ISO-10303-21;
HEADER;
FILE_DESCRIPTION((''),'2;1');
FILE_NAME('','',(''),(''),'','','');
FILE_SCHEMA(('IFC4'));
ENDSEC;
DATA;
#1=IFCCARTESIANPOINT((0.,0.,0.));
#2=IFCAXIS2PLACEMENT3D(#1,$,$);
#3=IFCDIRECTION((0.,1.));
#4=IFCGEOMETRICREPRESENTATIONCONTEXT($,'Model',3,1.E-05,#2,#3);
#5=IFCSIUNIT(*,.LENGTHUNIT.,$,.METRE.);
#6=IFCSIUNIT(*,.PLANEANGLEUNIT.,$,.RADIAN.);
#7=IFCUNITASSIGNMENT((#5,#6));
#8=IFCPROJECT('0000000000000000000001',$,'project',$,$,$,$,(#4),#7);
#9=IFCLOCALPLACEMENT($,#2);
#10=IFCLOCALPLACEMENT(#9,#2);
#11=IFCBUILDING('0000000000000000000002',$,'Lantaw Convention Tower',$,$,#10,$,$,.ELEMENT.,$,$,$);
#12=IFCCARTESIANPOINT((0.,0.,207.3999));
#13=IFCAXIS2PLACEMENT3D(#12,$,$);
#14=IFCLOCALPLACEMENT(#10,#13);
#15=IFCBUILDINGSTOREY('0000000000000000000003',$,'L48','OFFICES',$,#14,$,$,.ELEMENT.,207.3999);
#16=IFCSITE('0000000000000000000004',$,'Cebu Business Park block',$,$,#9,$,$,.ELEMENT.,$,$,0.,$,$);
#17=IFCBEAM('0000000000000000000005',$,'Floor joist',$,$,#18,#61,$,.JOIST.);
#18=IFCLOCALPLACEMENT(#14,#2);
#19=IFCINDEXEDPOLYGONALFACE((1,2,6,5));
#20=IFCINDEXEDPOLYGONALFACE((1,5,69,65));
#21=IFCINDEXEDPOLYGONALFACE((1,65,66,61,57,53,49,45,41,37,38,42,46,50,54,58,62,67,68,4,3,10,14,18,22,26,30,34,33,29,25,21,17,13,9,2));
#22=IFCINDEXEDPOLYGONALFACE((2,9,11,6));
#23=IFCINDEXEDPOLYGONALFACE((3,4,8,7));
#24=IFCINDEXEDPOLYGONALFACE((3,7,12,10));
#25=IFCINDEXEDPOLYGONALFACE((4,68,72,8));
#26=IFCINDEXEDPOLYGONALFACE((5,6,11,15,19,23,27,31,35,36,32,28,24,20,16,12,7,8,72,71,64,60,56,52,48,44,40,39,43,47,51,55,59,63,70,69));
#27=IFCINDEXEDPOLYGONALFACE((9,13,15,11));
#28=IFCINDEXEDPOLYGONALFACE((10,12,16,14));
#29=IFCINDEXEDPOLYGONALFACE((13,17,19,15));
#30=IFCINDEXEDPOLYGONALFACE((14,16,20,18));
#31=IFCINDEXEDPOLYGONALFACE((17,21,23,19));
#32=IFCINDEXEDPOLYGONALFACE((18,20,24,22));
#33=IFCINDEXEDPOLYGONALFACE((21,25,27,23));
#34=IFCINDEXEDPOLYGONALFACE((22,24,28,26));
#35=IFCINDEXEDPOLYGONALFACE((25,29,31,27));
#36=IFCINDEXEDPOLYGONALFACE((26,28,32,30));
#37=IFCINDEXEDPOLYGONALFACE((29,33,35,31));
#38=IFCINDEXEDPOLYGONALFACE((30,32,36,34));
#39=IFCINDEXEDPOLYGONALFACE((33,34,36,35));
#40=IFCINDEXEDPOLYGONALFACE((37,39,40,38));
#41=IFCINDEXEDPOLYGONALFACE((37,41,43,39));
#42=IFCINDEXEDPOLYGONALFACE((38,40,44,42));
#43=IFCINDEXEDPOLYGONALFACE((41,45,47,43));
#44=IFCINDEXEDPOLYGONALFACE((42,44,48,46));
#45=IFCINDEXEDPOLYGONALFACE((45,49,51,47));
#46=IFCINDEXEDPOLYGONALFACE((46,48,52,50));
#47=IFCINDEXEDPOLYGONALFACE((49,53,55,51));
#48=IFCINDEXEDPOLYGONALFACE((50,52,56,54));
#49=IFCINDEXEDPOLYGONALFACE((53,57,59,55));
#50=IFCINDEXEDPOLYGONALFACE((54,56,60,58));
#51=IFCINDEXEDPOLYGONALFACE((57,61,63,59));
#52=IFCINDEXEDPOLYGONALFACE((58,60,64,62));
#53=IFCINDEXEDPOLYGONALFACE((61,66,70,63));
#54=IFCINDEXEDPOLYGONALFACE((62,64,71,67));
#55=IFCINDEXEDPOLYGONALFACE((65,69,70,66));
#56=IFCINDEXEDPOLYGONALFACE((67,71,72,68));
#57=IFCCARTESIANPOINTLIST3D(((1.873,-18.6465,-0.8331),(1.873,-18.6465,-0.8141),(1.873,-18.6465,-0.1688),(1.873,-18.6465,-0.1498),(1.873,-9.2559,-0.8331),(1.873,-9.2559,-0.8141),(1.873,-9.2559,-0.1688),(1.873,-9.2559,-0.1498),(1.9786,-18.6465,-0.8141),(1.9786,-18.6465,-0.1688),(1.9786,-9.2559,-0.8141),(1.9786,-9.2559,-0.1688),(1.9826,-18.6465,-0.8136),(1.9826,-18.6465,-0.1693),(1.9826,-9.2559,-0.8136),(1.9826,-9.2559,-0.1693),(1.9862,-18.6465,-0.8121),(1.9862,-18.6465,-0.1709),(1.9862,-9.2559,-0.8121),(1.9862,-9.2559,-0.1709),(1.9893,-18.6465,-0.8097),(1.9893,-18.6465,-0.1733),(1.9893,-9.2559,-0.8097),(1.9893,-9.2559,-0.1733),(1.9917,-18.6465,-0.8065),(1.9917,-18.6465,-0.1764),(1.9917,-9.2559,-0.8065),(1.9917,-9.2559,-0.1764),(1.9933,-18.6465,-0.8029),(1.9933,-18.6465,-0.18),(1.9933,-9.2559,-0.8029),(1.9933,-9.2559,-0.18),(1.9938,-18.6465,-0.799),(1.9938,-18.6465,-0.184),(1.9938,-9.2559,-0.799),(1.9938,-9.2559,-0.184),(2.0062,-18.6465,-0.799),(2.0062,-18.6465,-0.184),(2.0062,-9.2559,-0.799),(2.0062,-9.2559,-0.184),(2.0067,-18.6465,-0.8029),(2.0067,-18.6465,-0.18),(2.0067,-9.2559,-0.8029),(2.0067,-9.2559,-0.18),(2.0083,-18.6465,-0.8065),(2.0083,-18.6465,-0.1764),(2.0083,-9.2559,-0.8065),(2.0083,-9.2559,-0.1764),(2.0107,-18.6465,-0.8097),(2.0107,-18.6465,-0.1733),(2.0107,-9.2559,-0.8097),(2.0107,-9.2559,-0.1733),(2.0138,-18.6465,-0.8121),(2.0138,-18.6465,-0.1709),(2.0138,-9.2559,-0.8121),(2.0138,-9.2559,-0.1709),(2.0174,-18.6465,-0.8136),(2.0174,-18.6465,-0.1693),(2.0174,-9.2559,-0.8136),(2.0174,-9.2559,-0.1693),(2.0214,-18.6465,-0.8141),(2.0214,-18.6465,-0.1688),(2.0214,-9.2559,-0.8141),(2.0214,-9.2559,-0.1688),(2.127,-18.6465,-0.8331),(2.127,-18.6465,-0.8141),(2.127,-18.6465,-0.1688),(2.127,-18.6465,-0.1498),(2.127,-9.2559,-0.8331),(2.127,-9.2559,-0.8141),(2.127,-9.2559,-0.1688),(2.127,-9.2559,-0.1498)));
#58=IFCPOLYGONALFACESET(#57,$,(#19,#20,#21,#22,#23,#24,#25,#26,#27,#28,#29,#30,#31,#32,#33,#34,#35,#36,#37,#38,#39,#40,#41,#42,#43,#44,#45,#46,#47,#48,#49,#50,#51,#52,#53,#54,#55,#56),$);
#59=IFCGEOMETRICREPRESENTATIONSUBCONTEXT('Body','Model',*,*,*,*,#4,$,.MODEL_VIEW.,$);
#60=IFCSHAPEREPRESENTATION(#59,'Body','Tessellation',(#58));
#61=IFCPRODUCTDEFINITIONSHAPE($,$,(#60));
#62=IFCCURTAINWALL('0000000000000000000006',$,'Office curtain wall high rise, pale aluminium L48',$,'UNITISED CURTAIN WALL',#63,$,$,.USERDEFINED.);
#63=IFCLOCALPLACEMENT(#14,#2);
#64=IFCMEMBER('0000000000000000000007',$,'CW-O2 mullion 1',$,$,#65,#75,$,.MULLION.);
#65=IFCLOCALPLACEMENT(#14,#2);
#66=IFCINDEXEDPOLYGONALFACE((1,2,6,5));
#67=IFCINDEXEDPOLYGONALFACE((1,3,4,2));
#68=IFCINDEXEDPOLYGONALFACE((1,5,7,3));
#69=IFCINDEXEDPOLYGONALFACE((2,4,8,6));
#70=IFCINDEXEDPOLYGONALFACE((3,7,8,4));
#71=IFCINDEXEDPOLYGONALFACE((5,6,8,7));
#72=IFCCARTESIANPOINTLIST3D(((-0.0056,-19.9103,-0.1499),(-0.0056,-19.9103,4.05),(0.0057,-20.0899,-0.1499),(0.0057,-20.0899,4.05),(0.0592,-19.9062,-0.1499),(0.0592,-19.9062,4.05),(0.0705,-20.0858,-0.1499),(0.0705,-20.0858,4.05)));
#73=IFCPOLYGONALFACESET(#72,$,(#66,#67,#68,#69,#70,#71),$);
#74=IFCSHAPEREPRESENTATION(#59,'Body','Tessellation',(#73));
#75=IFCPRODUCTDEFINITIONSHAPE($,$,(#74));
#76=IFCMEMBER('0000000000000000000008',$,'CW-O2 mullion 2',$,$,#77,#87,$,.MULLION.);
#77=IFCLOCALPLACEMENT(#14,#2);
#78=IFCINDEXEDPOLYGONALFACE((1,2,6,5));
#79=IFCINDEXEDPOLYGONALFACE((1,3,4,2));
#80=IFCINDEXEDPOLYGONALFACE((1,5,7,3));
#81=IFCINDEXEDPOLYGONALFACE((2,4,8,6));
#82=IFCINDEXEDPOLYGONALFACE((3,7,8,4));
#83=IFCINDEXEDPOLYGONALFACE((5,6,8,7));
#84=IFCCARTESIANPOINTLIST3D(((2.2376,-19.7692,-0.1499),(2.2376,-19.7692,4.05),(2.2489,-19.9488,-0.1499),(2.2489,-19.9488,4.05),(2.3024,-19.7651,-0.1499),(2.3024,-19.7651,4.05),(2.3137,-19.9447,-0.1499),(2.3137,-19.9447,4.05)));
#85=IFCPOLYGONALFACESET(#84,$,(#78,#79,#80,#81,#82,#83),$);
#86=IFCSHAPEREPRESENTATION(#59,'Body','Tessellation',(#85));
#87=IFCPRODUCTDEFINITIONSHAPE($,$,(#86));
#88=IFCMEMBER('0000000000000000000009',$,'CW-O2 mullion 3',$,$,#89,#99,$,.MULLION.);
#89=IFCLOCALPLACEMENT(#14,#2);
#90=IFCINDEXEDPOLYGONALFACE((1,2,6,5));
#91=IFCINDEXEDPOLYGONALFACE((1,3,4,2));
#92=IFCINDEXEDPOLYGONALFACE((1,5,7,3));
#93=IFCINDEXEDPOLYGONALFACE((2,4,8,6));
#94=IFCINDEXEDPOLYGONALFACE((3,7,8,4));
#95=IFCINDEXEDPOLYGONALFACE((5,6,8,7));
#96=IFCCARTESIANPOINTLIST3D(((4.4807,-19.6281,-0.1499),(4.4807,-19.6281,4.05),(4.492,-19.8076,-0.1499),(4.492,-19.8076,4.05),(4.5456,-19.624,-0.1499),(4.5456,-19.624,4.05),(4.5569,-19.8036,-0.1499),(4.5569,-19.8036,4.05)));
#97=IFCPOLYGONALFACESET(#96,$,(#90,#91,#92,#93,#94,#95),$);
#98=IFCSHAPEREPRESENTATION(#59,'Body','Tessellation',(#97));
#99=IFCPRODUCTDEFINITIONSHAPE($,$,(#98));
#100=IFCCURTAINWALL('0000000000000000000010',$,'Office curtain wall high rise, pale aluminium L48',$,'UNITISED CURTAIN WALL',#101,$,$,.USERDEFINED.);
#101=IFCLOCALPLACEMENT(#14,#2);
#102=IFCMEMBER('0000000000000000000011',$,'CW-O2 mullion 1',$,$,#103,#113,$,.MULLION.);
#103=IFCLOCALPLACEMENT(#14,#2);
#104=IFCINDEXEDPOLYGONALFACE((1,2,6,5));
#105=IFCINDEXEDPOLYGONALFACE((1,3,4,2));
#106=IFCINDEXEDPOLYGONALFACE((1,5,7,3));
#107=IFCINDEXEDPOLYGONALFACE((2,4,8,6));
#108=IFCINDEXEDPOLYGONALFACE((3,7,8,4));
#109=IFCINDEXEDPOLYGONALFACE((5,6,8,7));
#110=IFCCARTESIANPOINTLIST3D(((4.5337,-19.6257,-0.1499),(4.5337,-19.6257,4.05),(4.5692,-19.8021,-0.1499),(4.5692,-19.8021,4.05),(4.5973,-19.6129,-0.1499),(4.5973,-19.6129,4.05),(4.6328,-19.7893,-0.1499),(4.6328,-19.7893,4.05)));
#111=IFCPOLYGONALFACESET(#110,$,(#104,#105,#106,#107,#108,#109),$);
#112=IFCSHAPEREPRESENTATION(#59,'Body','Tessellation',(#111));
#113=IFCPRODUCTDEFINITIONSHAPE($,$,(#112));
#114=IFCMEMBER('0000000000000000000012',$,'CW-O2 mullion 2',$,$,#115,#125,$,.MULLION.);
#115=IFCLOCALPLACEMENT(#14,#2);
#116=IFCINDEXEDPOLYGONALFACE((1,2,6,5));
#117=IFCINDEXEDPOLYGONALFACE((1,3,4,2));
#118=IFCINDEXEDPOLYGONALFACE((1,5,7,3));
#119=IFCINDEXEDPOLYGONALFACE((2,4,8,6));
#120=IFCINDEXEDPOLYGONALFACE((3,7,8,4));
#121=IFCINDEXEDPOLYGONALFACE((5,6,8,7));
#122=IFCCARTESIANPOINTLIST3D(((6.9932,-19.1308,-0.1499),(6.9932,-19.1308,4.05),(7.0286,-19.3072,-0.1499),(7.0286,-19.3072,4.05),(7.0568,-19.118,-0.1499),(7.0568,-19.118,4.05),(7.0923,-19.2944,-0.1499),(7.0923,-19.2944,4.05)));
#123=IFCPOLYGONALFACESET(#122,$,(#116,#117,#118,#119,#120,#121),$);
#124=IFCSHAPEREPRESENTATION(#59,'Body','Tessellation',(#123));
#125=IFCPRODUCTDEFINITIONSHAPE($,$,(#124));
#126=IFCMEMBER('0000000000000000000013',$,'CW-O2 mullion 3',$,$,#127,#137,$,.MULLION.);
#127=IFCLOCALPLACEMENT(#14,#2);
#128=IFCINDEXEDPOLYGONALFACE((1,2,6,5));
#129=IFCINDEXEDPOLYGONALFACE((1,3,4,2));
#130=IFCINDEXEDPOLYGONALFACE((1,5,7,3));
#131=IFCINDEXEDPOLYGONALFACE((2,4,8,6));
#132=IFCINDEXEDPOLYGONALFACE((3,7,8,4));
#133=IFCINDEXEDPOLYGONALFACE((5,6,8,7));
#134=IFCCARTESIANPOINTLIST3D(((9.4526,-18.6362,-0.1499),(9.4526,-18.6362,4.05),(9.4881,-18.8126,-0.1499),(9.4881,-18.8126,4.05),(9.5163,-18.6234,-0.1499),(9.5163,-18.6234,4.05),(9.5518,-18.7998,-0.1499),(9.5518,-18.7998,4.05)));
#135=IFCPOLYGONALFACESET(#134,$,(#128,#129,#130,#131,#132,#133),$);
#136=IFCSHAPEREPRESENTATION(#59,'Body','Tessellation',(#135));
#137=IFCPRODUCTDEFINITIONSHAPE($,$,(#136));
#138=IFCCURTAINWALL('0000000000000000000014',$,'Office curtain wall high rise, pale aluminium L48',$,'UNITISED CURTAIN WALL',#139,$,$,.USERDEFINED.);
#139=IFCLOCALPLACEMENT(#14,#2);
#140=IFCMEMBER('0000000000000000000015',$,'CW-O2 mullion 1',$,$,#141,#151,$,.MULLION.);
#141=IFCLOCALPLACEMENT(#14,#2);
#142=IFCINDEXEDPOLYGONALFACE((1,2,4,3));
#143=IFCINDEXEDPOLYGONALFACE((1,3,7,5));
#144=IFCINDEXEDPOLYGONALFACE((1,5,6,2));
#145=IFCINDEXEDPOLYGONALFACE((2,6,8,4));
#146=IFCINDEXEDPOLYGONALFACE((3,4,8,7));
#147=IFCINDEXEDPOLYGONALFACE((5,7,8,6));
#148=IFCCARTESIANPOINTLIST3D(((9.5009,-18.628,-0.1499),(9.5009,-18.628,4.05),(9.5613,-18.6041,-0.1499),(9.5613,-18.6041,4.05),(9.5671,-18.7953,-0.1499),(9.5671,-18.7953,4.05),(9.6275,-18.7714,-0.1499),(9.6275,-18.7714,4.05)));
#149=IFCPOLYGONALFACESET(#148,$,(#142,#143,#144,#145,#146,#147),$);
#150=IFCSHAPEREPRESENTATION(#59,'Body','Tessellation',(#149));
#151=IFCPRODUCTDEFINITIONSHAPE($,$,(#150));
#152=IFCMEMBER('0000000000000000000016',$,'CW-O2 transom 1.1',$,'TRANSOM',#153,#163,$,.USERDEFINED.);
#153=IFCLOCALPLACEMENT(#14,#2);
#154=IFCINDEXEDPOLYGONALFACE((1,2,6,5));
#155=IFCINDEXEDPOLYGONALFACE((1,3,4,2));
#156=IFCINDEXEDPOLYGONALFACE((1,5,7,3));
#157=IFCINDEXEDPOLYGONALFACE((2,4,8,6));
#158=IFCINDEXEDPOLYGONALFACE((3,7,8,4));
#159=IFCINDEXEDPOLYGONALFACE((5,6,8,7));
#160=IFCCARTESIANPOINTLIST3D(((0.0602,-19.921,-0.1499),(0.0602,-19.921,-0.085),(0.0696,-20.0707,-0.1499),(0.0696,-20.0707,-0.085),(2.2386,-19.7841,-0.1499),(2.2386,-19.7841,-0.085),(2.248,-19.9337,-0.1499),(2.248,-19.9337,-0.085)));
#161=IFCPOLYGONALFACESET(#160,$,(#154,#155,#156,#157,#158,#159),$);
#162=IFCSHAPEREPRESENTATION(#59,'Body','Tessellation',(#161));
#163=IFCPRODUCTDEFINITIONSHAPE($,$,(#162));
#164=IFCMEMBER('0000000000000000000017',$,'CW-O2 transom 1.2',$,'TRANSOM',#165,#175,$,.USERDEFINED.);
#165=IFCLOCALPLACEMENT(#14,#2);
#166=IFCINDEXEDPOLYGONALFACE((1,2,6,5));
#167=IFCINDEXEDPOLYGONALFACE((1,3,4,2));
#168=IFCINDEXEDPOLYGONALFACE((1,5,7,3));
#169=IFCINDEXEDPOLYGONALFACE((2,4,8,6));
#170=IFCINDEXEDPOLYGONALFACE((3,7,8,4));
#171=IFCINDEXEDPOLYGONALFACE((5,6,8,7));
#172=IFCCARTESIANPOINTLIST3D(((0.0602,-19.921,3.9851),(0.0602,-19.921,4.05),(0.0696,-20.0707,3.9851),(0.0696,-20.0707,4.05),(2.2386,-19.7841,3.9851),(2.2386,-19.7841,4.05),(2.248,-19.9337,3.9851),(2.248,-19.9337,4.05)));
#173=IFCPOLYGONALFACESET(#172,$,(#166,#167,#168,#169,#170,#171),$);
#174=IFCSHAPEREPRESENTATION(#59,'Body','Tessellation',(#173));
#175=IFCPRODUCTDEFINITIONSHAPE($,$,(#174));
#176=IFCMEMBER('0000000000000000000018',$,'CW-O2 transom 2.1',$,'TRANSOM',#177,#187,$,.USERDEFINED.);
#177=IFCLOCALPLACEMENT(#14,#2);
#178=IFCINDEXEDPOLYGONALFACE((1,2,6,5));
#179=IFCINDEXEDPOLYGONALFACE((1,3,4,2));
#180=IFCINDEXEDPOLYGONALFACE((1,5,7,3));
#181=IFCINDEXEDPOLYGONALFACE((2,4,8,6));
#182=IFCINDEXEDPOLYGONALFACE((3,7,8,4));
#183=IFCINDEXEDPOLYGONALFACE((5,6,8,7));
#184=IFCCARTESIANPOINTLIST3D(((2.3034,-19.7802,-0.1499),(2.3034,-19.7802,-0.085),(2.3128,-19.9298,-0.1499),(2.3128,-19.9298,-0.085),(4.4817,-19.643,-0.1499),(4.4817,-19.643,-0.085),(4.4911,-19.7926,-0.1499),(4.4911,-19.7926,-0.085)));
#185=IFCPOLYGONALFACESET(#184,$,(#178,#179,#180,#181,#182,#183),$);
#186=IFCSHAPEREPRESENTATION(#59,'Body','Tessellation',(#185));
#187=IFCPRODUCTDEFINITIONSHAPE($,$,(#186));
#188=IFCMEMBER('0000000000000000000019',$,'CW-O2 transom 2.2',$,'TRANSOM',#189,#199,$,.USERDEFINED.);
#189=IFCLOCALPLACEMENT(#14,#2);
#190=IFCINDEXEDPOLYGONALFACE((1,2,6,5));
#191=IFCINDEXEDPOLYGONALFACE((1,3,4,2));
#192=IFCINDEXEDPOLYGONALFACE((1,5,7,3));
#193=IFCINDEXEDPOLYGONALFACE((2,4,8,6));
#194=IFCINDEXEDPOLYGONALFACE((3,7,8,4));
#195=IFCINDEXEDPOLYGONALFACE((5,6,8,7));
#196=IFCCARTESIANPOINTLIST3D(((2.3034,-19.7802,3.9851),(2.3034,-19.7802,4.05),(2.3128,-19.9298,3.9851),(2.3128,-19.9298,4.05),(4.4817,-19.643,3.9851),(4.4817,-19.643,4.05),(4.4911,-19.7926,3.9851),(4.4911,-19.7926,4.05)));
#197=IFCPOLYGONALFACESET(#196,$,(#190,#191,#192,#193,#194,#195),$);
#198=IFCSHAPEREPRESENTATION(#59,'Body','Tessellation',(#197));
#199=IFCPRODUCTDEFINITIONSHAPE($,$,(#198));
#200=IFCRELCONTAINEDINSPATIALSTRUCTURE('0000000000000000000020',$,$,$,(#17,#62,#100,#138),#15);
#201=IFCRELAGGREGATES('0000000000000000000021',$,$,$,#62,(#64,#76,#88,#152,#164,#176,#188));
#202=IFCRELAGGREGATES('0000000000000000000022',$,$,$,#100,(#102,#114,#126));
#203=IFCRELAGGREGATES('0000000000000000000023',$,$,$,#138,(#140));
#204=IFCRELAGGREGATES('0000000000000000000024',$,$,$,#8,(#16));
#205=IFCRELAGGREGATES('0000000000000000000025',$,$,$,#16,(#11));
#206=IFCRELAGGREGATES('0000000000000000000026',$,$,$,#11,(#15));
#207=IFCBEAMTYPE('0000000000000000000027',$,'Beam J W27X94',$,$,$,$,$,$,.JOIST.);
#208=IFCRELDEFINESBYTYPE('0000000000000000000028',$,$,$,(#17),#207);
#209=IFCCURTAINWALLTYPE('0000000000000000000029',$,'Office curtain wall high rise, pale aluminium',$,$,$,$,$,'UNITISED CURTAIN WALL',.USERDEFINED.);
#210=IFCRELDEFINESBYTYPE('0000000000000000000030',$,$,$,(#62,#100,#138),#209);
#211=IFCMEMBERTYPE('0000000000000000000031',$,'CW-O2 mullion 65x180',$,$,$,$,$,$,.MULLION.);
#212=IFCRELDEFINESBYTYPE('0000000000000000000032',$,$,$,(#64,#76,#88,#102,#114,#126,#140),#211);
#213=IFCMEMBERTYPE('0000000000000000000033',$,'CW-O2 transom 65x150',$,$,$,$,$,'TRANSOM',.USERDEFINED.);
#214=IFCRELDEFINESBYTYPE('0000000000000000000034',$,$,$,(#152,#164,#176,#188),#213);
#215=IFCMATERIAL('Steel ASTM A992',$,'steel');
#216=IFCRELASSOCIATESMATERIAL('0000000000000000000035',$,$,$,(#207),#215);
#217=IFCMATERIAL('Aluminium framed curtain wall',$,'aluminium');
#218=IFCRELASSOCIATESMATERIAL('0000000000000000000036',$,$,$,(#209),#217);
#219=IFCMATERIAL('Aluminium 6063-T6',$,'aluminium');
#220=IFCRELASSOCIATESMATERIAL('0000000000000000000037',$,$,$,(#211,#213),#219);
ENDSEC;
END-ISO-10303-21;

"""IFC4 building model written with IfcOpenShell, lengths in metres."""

from ifc_helpers import new_model, si_unit, direction, frame, origin, origin_2d, place, context, subcontext, project, spatial, rectangle, i_section, extrude, material, material_profile, profile_set, type_object, element, aggregate, save


model = new_model("IFC4")

# Units and contexts
model_context = context("Model", 3, precision=1e-05, world=origin(), true_north=direction((0.0, 1.0)))
body_context = subcontext(model_context, "Body", "Model", "MODEL_VIEW")
ifc_project = project(units=[si_unit("LENGTHUNIT", "METRE"), si_unit("PLANEANGLEUNIT", "RADIAN")], contexts=[model_context])

# Site, building, storey
site_placement = place(None, origin())
site = spatial("IfcSite", under=ifc_project, at=site_placement, Name="Cebu Business Park block", CompositionType="ELEMENT", RefElevation=0.0)
building_placement = place(site_placement, origin())
building = spatial("IfcBuilding", under=site, at=building_placement, Name="Lantaw Convention Tower", CompositionType="ELEMENT")
storey_placement = place(building_placement, frame((0.0, 0.0, 207.3999)))
storey = spatial("IfcBuildingStorey", under=building, at=storey_placement, Name="L48", Description="OFFICES", CompositionType="ELEMENT", Elevation=207.3999)

# Beam
ifc_material_1 = material(Name="Steel ASTM A992", Category="steel")
ifc_material_profile_1 = material_profile(ifc_material_1, i_section(OverallWidth=0.2539, OverallDepth=0.6833, WebThickness=0.0125, FlangeThickness=0.019, FilletRadius=0.0151, at=origin_2d()), Name="W27X94")
ifc_profile_set_1 = profile_set([ifc_material_profile_1], Name="Steel ASTM A992")
beam_type_1 = type_object("IfcBeamType", Name="Beam J W27X94", PredefinedType="JOIST", material=ifc_profile_set_1)
beam_1_placement = place(storey_placement, frame((2.0, -18.6465, -0.4915), z_axis=(0.0, 1.0, 0.0), x_axis=(-1.0, 0.0, 0.0)))
element("IfcBeam", 1, at=beam_1_placement, inside=storey, type_object=beam_type_1, Name="Floor joist", PredefinedType="JOIST", context=body_context, shape_type="SweptSolid", body=[
    extrude(i_section(OverallWidth=0.2539, OverallDepth=0.6833, WebThickness=0.0125, FlangeThickness=0.019, FilletRadius=0.0151, at=origin_2d()), origin(), (0.0, 0.0, 1.0), 9.3906),
])

# Curtain walls, members
ifc_material_2 = material(Name="Aluminium framed curtain wall", Category="aluminium")
curtain_wall_type = type_object("IfcCurtainWallType", Name="Office curtain wall high rise, pale aluminium", ElementType="UNITISED CURTAIN WALL", PredefinedType="USERDEFINED", material=ifc_material_2)
curtain_wall_1_placement = place(storey_placement, origin())
curtain_wall_1 = element("IfcCurtainWall", 2, at=curtain_wall_1_placement, inside=storey, type_object=curtain_wall_type, Name="Office curtain wall high rise, pale aluminium L48", ObjectType="UNITISED CURTAIN WALL", PredefinedType="USERDEFINED")
ifc_material_3 = material(Name="Aluminium 6063-T6", Category="aluminium")
ifc_material_profile_2 = material_profile(ifc_material_3, rectangle(XDim=0.1799, YDim=0.0649, at=origin_2d()), Name="CW-O2 mullion 65x180")
ifc_profile_set_2 = profile_set([ifc_material_profile_2], Name="Aluminium 6063-T6")
member_type_1 = type_object("IfcMemberType", Name="CW-O2 mullion 65x180", PredefinedType="MULLION", material=ifc_profile_set_2)
member_1_placement = place(storey_placement, frame((0.0325, -19.998, -0.1499), z_axis=(0.0, 0.0, 1.0), x_axis=(-0.062758, 0.998029, 0.0)))
member_1 = element("IfcMember", 3, at=member_1_placement, type_object=member_type_1, Name="CW-O2 mullion 1", PredefinedType="MULLION", context=body_context, shape_type="SweptSolid", body=[
    extrude(rectangle(XDim=0.1799, YDim=0.0649, at=origin_2d()), origin(), (0.0, 0.0, 1.0), 4.2),
])
member_2_placement = place(storey_placement, frame((2.2756, -19.8569, -0.1499), z_axis=(0.0, 0.0, 1.0), x_axis=(-0.062758, 0.998029, 0.0)))
member_2 = element("IfcMember", 4, at=member_2_placement, type_object=member_type_1, Name="CW-O2 mullion 2", PredefinedType="MULLION", context=body_context, shape_type="SweptSolid", body=[
    extrude(rectangle(XDim=0.1799, YDim=0.0649, at=origin_2d()), origin(), (0.0, 0.0, 1.0), 4.2),
])
member_3_placement = place(storey_placement, frame((4.5188, -19.7158, -0.1499), z_axis=(0.0, 0.0, 1.0), x_axis=(-0.062758, 0.998029, 0.0)))
member_3 = element("IfcMember", 5, at=member_3_placement, type_object=member_type_1, Name="CW-O2 mullion 3", PredefinedType="MULLION", context=body_context, shape_type="SweptSolid", body=[
    extrude(rectangle(XDim=0.1799, YDim=0.0649, at=origin_2d()), origin(), (0.0, 0.0, 1.0), 4.2),
])
curtain_wall_2_placement = place(storey_placement, origin())
curtain_wall_2 = element("IfcCurtainWall", 6, at=curtain_wall_2_placement, inside=storey, type_object=curtain_wall_type, Name="Office curtain wall high rise, pale aluminium L48", ObjectType="UNITISED CURTAIN WALL", PredefinedType="USERDEFINED")
member_4_placement = place(storey_placement, frame((4.5833, -19.7075, -0.1499), z_axis=(0.0, 0.0, 1.0), x_axis=(-0.197183, 0.980367, 0.0)))
member_4 = element("IfcMember", 7, at=member_4_placement, type_object=member_type_1, Name="CW-O2 mullion 1", PredefinedType="MULLION", context=body_context, shape_type="SweptSolid", body=[
    extrude(rectangle(XDim=0.1799, YDim=0.0649, at=origin_2d()), origin(), (0.0, 0.0, 1.0), 4.2),
])
member_5_placement = place(storey_placement, frame((7.0427, -19.2126, -0.1499), z_axis=(0.0, 0.0, 1.0), x_axis=(-0.197183, 0.980367, 0.0)))
member_5 = element("IfcMember", 8, at=member_5_placement, type_object=member_type_1, Name="CW-O2 mullion 2", PredefinedType="MULLION", context=body_context, shape_type="SweptSolid", body=[
    extrude(rectangle(XDim=0.1799, YDim=0.0649, at=origin_2d()), origin(), (0.0, 0.0, 1.0), 4.2),
])
member_6_placement = place(storey_placement, frame((9.5022, -18.718, -0.1499), z_axis=(0.0, 0.0, 1.0), x_axis=(-0.197183, 0.980367, 0.0)))
member_6 = element("IfcMember", 9, at=member_6_placement, type_object=member_type_1, Name="CW-O2 mullion 3", PredefinedType="MULLION", context=body_context, shape_type="SweptSolid", body=[
    extrude(rectangle(XDim=0.1799, YDim=0.0649, at=origin_2d()), origin(), (0.0, 0.0, 1.0), 4.2),
])

# Curtain wall, member
curtain_wall_3_placement = place(storey_placement, origin())
curtain_wall_3 = element("IfcCurtainWall", 10, at=curtain_wall_3_placement, inside=storey, type_object=curtain_wall_type, Name="Office curtain wall high rise, pale aluminium L48", ObjectType="UNITISED CURTAIN WALL", PredefinedType="USERDEFINED")
member_7_placement = place(storey_placement, frame((9.5642, -18.6997, -0.1499), z_axis=(0.0, 0.0, 1.0), x_axis=(-0.368162, 0.929762, 0.0)))
member_7 = element("IfcMember", 11, at=member_7_placement, type_object=member_type_1, Name="CW-O2 mullion 1", PredefinedType="MULLION", context=body_context, shape_type="SweptSolid", body=[
    extrude(rectangle(XDim=0.1799, YDim=0.0649, at=origin_2d()), origin(), (0.0, 0.0, 1.0), 4.2),
])

# Members
ifc_material_profile_3 = material_profile(ifc_material_3, rectangle(XDim=0.1499, YDim=0.0649, at=origin_2d()), Name="CW-O2 transom 65x150")
ifc_profile_set_3 = profile_set([ifc_material_profile_3], Name="Aluminium 6063-T6")
member_type_2 = type_object("IfcMemberType", Name="CW-O2 transom 65x150", ElementType="TRANSOM", PredefinedType="USERDEFINED", material=ifc_profile_set_3)
member_8_placement = place(storey_placement, frame((0.0649, -19.9958, -0.1174), z_axis=(0.998029, 0.062754, 0.0), x_axis=(-0.062754, 0.998029, 0.0)))
member_8 = element("IfcMember", 12, at=member_8_placement, type_object=member_type_2, Name="CW-O2 transom 1.1", ObjectType="TRANSOM", PredefinedType="USERDEFINED", context=body_context, shape_type="SweptSolid", body=[
    extrude(rectangle(XDim=0.1499, YDim=0.0649, at=origin_2d()), origin(), (0.0, 0.0, 1.0), 2.1826),
])
member_9_placement = place(storey_placement, frame((0.0649, -19.9958, 4.0176), z_axis=(0.998029, 0.062754, 0.0), x_axis=(-0.062754, 0.998029, 0.0)))
member_9 = element("IfcMember", 13, at=member_9_placement, type_object=member_type_2, Name="CW-O2 transom 1.2", ObjectType="TRANSOM", PredefinedType="USERDEFINED", context=body_context, shape_type="SweptSolid", body=[
    extrude(rectangle(XDim=0.1499, YDim=0.0649, at=origin_2d()), origin(), (0.0, 0.0, 1.0), 2.1826),
])
member_10_placement = place(storey_placement, frame((2.3081, -19.855, -0.1174), z_axis=(0.998022, 0.062866, 0.0), x_axis=(-0.062866, 0.998022, 0.0)))
member_10 = element("IfcMember", 14, at=member_10_placement, type_object=member_type_2, Name="CW-O2 transom 2.1", ObjectType="TRANSOM", PredefinedType="USERDEFINED", context=body_context, shape_type="SweptSolid", body=[
    extrude(rectangle(XDim=0.1499, YDim=0.0649, at=origin_2d()), origin(), (0.0, 0.0, 1.0), 2.1826),
])
member_11_placement = place(storey_placement, frame((2.3081, -19.855, 4.0176), z_axis=(0.998022, 0.062866, 0.0), x_axis=(-0.062866, 0.998022, 0.0)))
member_11 = element("IfcMember", 15, at=member_11_placement, type_object=member_type_2, Name="CW-O2 transom 2.2", ObjectType="TRANSOM", PredefinedType="USERDEFINED", context=body_context, shape_type="SweptSolid", body=[
    extrude(rectangle(XDim=0.1499, YDim=0.0649, at=origin_2d()), origin(), (0.0, 0.0, 1.0), 2.1826),
])

aggregate(curtain_wall_1, [member_1, member_2, member_3, member_8, member_9, member_10, member_11])
aggregate(curtain_wall_2, [member_4, member_5, member_6])
aggregate(curtain_wall_3, [member_7])

save(model, "model.ifc")
